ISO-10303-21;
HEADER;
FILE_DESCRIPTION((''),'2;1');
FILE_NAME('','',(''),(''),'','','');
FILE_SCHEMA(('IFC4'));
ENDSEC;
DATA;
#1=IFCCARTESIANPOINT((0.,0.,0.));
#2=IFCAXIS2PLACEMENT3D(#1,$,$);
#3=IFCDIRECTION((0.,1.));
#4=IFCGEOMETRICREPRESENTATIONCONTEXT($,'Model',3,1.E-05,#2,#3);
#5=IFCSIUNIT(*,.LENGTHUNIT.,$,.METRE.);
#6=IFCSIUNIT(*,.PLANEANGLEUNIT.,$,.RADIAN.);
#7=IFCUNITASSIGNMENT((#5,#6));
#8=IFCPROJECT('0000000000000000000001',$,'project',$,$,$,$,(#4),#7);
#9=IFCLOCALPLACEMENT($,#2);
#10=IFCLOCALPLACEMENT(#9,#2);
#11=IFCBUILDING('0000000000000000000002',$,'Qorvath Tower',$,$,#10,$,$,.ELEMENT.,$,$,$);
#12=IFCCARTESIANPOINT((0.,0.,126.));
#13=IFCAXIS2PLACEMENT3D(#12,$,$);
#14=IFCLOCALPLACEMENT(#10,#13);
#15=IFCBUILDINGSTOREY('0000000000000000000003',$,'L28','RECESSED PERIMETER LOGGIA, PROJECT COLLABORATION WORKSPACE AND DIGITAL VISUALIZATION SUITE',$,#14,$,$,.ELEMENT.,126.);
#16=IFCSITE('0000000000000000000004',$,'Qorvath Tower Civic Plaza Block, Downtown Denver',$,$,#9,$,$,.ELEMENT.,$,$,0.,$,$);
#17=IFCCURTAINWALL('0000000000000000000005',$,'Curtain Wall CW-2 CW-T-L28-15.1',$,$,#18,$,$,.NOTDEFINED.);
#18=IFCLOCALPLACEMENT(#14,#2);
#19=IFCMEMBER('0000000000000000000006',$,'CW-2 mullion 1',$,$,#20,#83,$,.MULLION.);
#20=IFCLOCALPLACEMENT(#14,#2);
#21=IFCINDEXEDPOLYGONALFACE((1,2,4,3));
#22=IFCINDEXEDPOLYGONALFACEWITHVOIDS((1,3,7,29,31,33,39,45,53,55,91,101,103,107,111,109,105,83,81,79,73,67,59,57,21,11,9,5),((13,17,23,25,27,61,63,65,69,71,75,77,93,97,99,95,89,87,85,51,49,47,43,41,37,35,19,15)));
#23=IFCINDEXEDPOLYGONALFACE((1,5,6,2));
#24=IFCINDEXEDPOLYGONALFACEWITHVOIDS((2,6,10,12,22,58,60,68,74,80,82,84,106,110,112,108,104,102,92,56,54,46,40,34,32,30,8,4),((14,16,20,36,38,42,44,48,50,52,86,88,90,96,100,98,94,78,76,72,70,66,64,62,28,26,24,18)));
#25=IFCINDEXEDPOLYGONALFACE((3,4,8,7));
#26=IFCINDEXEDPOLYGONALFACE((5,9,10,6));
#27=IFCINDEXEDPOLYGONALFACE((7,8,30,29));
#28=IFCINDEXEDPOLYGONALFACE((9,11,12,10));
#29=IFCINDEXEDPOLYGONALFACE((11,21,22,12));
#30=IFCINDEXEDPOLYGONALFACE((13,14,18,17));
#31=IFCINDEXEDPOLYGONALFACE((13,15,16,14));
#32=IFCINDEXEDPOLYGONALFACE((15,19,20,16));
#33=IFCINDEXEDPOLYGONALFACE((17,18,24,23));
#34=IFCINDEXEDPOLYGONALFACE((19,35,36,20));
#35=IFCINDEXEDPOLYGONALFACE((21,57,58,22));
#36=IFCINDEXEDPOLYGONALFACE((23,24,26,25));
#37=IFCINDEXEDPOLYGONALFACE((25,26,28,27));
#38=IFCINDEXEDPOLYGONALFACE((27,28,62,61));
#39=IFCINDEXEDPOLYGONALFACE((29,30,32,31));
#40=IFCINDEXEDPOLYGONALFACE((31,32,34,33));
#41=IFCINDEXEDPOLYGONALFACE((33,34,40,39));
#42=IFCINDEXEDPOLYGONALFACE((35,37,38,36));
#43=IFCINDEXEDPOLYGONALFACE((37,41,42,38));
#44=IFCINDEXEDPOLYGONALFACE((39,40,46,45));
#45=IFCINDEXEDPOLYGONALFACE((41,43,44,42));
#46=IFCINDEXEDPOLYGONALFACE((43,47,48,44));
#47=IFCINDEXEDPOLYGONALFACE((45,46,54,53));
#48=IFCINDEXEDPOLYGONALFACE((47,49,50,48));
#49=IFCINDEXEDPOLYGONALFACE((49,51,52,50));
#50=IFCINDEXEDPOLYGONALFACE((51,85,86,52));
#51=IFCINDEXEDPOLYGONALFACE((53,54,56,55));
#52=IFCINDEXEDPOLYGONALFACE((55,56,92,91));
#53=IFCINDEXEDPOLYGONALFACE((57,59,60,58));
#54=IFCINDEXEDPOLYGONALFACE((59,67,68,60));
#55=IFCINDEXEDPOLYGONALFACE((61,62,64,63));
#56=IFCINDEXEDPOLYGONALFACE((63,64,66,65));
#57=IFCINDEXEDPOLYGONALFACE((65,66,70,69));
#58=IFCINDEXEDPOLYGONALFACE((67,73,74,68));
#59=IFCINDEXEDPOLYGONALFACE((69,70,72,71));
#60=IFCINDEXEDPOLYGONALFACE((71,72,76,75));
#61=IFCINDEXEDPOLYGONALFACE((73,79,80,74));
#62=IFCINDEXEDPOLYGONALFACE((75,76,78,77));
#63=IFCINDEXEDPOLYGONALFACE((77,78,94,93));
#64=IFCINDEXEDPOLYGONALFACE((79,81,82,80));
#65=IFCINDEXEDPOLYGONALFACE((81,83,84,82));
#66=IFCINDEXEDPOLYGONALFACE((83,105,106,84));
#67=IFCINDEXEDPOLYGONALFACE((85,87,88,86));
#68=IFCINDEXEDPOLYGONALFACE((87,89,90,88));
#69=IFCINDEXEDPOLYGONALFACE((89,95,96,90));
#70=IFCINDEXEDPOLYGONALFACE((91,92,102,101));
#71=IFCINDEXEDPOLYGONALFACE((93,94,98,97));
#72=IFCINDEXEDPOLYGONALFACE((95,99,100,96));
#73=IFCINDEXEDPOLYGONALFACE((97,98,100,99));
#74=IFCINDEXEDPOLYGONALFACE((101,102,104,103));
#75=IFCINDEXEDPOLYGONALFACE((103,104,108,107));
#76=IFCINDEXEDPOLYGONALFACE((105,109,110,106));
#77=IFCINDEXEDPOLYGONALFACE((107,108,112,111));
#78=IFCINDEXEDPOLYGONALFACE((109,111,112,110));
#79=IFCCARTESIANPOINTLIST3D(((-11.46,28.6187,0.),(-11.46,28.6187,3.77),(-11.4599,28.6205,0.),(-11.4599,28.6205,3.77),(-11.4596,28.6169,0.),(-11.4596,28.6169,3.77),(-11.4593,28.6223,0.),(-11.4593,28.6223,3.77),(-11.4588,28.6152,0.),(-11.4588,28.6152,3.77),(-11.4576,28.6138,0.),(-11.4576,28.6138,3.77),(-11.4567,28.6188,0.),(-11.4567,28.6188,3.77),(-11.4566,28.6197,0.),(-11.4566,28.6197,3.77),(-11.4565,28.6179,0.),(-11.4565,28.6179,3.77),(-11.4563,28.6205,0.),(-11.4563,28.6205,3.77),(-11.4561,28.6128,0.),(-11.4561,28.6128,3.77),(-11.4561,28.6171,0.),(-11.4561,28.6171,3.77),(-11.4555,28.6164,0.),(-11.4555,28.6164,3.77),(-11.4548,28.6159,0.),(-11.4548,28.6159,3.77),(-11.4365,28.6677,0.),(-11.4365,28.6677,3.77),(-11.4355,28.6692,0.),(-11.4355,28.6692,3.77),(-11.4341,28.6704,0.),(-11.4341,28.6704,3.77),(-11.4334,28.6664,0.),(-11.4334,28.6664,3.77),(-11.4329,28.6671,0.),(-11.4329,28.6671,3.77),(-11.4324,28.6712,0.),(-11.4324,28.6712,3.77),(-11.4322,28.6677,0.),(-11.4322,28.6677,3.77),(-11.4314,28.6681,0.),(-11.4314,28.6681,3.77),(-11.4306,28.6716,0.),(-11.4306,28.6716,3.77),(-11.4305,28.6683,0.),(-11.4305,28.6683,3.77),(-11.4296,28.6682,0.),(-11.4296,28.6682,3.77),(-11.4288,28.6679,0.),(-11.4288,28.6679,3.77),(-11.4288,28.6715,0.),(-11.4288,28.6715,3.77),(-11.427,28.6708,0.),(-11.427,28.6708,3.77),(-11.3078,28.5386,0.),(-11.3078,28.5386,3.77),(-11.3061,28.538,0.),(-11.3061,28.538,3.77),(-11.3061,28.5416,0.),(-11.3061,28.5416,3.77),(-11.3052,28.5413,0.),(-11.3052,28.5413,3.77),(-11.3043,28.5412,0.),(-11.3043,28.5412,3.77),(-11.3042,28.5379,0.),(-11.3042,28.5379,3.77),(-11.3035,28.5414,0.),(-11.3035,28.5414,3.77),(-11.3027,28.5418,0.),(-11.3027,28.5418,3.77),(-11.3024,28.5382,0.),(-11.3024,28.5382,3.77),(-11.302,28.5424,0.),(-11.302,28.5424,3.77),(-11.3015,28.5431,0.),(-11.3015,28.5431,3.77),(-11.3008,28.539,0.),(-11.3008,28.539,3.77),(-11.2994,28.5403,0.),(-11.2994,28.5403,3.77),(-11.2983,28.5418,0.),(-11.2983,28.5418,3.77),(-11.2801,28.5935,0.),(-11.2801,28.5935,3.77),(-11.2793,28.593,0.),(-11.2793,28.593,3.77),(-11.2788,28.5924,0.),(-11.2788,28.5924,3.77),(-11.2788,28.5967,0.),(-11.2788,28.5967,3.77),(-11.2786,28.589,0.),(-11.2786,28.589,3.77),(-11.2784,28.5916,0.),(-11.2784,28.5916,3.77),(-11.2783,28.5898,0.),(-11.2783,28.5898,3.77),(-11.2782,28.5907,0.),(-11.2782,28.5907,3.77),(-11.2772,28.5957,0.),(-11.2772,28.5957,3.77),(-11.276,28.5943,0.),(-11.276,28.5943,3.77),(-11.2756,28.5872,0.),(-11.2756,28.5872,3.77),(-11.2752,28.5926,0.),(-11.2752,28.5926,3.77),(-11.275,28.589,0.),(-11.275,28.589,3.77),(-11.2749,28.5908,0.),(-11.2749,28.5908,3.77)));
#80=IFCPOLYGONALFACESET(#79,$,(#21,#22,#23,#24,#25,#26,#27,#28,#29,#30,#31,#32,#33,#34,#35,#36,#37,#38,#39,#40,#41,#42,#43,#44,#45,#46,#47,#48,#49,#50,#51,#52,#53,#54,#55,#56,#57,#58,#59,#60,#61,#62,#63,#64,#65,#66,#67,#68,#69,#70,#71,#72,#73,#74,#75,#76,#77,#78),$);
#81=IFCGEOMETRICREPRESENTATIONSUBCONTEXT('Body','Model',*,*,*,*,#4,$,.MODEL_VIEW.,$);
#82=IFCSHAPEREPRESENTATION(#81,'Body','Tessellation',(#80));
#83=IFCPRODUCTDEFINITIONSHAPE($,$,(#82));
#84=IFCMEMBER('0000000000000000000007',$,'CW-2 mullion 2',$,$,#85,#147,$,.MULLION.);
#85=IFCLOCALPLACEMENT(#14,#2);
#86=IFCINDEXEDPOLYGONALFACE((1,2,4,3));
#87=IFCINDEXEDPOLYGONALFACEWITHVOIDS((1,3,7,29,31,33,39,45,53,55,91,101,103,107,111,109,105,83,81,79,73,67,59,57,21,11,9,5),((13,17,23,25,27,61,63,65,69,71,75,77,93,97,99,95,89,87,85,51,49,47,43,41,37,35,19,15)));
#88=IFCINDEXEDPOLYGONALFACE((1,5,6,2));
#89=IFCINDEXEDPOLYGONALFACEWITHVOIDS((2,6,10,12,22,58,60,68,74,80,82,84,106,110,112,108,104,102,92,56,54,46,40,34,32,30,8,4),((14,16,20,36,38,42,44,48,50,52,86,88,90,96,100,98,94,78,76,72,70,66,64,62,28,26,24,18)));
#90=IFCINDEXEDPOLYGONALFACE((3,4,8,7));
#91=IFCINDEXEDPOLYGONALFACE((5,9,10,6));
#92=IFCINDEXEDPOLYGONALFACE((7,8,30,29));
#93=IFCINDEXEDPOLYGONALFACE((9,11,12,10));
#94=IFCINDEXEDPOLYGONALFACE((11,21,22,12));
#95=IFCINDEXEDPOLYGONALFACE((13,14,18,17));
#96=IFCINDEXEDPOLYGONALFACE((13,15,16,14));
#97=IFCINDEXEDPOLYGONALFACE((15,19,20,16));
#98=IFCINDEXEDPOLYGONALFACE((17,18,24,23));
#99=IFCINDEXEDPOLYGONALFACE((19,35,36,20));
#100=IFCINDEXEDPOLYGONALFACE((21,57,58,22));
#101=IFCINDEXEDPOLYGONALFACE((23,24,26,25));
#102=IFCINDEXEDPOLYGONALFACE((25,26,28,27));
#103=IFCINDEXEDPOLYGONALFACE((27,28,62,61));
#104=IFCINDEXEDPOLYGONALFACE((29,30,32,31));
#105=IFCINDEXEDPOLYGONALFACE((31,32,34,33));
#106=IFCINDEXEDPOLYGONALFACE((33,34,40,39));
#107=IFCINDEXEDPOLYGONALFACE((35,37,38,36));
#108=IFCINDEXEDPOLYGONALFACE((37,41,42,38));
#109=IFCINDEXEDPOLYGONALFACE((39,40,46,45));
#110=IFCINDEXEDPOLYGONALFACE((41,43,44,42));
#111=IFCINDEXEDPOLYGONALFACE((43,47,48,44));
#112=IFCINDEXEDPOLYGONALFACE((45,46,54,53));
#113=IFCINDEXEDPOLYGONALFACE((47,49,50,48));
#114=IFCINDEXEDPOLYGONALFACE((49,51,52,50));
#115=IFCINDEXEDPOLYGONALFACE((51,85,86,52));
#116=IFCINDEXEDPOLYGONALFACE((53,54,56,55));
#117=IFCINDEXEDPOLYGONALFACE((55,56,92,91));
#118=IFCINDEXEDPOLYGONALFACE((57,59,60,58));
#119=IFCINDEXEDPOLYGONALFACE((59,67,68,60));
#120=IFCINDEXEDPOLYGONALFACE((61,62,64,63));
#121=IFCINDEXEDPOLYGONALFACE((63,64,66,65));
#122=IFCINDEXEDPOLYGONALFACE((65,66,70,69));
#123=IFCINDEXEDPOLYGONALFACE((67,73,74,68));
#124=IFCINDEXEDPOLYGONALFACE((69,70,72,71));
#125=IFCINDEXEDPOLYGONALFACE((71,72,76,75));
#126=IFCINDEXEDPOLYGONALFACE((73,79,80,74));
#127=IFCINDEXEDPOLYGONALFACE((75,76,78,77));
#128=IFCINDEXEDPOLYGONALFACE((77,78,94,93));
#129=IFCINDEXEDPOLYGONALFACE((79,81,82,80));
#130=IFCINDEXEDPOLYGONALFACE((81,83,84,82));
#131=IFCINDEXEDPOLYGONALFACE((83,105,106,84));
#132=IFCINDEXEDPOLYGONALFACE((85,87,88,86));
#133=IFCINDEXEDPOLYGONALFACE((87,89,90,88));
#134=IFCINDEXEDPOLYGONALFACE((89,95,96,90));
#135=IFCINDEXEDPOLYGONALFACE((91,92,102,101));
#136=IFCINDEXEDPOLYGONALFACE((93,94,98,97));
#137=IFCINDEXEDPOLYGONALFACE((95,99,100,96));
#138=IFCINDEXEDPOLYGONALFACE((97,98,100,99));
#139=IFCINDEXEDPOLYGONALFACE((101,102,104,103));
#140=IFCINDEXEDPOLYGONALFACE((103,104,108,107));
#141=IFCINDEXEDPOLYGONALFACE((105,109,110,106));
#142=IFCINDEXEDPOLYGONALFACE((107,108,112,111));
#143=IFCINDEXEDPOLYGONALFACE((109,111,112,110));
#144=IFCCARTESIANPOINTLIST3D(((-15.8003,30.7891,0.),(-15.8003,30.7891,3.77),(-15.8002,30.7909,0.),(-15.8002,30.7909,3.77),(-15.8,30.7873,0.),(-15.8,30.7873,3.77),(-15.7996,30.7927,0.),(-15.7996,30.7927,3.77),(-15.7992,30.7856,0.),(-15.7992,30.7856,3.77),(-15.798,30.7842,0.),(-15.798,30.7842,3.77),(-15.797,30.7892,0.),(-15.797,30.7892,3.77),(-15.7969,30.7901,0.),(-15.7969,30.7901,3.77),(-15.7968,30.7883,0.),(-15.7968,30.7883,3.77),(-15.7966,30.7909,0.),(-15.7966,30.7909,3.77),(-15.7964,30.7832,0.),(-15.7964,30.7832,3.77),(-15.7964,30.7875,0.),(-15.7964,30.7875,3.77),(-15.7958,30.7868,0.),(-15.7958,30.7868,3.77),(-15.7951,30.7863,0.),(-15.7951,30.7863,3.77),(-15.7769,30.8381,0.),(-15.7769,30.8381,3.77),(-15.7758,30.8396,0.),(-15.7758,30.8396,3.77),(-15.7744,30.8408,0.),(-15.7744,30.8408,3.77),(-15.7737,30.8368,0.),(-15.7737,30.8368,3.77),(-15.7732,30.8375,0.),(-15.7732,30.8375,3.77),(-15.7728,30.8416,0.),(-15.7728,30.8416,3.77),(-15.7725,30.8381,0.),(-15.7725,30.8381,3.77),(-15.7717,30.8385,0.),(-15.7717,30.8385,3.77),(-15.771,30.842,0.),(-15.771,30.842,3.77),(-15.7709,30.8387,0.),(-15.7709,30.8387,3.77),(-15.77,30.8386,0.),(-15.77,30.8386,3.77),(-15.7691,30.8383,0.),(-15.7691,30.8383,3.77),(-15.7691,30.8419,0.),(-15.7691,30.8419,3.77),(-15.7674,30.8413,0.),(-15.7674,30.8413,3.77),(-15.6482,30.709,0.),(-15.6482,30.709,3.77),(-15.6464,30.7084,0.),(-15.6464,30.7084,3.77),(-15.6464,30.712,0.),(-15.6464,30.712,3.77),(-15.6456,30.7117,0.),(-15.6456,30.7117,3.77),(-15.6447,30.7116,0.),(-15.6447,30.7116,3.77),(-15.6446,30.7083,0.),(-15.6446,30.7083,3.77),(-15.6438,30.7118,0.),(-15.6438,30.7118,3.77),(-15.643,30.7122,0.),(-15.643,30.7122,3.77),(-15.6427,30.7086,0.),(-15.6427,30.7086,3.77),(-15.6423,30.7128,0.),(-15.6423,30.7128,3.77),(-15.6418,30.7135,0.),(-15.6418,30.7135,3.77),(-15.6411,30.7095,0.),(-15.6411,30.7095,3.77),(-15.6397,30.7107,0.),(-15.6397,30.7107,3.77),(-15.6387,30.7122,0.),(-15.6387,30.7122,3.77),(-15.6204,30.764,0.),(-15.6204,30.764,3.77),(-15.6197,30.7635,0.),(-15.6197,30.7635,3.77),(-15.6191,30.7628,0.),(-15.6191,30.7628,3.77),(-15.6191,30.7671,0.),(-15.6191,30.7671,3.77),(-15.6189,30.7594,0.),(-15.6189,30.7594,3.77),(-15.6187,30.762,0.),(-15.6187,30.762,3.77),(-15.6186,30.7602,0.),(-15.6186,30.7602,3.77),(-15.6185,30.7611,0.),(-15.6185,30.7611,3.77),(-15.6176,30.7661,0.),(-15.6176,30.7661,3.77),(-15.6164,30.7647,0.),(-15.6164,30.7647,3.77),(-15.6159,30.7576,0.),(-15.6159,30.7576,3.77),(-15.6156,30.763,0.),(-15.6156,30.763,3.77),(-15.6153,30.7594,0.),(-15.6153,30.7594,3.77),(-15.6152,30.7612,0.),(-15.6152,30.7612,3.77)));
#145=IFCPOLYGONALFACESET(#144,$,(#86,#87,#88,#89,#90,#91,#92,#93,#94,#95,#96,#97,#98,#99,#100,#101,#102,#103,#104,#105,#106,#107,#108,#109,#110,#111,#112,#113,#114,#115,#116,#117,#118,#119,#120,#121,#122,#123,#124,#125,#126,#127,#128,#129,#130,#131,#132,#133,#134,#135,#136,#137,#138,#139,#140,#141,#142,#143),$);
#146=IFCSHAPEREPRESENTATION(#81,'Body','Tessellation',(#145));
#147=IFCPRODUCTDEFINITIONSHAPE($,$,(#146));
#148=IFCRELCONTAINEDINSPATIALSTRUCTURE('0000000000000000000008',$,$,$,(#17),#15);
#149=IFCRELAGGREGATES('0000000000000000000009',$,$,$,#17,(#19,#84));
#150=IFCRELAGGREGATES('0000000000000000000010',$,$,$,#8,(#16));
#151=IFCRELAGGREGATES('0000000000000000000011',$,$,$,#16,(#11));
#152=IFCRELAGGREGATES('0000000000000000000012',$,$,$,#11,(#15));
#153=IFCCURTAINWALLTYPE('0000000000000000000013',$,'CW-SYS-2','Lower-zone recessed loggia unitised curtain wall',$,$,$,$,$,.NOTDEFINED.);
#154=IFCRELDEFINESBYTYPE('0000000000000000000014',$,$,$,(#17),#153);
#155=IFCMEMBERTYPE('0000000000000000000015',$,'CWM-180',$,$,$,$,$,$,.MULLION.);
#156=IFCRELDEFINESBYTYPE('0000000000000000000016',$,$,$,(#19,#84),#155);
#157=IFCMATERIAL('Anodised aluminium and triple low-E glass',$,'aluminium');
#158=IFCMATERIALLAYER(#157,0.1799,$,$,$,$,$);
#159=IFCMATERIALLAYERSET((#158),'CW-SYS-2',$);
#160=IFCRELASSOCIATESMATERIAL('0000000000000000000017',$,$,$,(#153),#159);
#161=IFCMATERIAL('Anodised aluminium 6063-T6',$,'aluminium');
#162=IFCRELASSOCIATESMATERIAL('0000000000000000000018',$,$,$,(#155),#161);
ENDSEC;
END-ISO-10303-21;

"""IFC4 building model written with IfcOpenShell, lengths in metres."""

from ifc_helpers import new_model, si_unit, direction, frame, origin, origin_2d, place, context, subcontext, project, spatial, hollow_rectangle, extrude, material, layer, layer_set, material_profile, profile_set, type_object, element, aggregate, save


model = new_model("IFC4")

# Units and contexts
model_context = context("Model", 3, precision=1e-05, world=origin(), true_north=direction((0.0, 1.0)))
body_context = subcontext(model_context, "Body", "Model", "MODEL_VIEW")
ifc_project = project(units=[si_unit("LENGTHUNIT", "METRE"), si_unit("PLANEANGLEUNIT", "RADIAN")], contexts=[model_context])

# Site, building, storey
site_placement = place(None, origin())
site = spatial("IfcSite", under=ifc_project, at=site_placement, Name="Qorvath Tower Civic Plaza Block, Downtown Denver", CompositionType="ELEMENT", RefElevation=0.0)
building_placement = place(site_placement, origin())
building = spatial("IfcBuilding", under=site, at=building_placement, Name="Qorvath Tower", CompositionType="ELEMENT")
storey_placement = place(building_placement, frame((0.0, 0.0, 126.0)))
storey = spatial("IfcBuildingStorey", under=building, at=storey_placement, Name="L28", Description="RECESSED PERIMETER LOGGIA, PROJECT COLLABORATION WORKSPACE AND DIGITAL VISUALIZATION SUITE", CompositionType="ELEMENT", Elevation=126.0)

# Curtain wall, members
ifc_material_1 = material(Name="Anodised aluminium and triple low-E glass", Category="aluminium")
ifc_layer_1 = layer(ifc_material_1, 0.1799)
ifc_layer_set_1 = layer_set([ifc_layer_1], Name="CW-SYS-2")
curtain_wall_type = type_object("IfcCurtainWallType", Name="CW-SYS-2", Description="Lower-zone recessed loggia unitised curtain wall", PredefinedType="NOTDEFINED", material=ifc_layer_set_1)
ifc_material_2 = material(Name="Anodised aluminium 6063-T6", Category="aluminium")
ifc_material_profile_1 = material_profile(ifc_material_2, hollow_rectangle(XDim=0.0649, YDim=0.1799, WallThickness=0.0034, InnerFilletRadius=0.0034, OuterFilletRadius=0.0071, at=origin_2d()), Name="CWM 180x65")
ifc_profile_set_1 = profile_set([ifc_material_profile_1], Name="Anodised aluminium 6063-T6")
member_type_1 = type_object("IfcMemberType", Name="CWM-180", PredefinedType="MULLION", material=ifc_profile_set_1)
curtain_wall_1_placement = place(storey_placement, origin())
curtain_wall_1 = element("IfcCurtainWall", 1, at=curtain_wall_1_placement, inside=storey, type_object=curtain_wall_type, Name="Curtain Wall CW-2 CW-T-L28-15.1", PredefinedType="NOTDEFINED")
member_1_placement = place(storey_placement, frame((-11.3674, 28.6047, 0.0), z_axis=(0.0, 0.0, 1.0), x_axis=(-0.447262, -0.894403, 0.0)))
member_1 = element("IfcMember", 2, at=member_1_placement, type_object=member_type_1, Name="CW-2 mullion 1", PredefinedType="MULLION", context=body_context, shape_type="SweptSolid", body=[
    extrude(hollow_rectangle(XDim=0.0649, YDim=0.1799, WallThickness=0.0034, InnerFilletRadius=0.0034, OuterFilletRadius=0.0071, at=origin_2d()), origin(), (0.0, 0.0, 1.0), 3.77),
])
member_2_placement = place(storey_placement, frame((-15.7078, 30.7751, 0.0), z_axis=(0.0, 0.0, 1.0), x_axis=(-0.447262, -0.894403, 0.0)))
member_2 = element("IfcMember", 3, at=member_2_placement, type_object=member_type_1, Name="CW-2 mullion 2", PredefinedType="MULLION", context=body_context, shape_type="SweptSolid", body=[
    extrude(hollow_rectangle(XDim=0.0649, YDim=0.1799, WallThickness=0.0034, InnerFilletRadius=0.0034, OuterFilletRadius=0.0071, at=origin_2d()), origin(), (0.0, 0.0, 1.0), 3.77),
])

aggregate(curtain_wall_1, [member_1, member_2])

save(model, "model.ifc")
